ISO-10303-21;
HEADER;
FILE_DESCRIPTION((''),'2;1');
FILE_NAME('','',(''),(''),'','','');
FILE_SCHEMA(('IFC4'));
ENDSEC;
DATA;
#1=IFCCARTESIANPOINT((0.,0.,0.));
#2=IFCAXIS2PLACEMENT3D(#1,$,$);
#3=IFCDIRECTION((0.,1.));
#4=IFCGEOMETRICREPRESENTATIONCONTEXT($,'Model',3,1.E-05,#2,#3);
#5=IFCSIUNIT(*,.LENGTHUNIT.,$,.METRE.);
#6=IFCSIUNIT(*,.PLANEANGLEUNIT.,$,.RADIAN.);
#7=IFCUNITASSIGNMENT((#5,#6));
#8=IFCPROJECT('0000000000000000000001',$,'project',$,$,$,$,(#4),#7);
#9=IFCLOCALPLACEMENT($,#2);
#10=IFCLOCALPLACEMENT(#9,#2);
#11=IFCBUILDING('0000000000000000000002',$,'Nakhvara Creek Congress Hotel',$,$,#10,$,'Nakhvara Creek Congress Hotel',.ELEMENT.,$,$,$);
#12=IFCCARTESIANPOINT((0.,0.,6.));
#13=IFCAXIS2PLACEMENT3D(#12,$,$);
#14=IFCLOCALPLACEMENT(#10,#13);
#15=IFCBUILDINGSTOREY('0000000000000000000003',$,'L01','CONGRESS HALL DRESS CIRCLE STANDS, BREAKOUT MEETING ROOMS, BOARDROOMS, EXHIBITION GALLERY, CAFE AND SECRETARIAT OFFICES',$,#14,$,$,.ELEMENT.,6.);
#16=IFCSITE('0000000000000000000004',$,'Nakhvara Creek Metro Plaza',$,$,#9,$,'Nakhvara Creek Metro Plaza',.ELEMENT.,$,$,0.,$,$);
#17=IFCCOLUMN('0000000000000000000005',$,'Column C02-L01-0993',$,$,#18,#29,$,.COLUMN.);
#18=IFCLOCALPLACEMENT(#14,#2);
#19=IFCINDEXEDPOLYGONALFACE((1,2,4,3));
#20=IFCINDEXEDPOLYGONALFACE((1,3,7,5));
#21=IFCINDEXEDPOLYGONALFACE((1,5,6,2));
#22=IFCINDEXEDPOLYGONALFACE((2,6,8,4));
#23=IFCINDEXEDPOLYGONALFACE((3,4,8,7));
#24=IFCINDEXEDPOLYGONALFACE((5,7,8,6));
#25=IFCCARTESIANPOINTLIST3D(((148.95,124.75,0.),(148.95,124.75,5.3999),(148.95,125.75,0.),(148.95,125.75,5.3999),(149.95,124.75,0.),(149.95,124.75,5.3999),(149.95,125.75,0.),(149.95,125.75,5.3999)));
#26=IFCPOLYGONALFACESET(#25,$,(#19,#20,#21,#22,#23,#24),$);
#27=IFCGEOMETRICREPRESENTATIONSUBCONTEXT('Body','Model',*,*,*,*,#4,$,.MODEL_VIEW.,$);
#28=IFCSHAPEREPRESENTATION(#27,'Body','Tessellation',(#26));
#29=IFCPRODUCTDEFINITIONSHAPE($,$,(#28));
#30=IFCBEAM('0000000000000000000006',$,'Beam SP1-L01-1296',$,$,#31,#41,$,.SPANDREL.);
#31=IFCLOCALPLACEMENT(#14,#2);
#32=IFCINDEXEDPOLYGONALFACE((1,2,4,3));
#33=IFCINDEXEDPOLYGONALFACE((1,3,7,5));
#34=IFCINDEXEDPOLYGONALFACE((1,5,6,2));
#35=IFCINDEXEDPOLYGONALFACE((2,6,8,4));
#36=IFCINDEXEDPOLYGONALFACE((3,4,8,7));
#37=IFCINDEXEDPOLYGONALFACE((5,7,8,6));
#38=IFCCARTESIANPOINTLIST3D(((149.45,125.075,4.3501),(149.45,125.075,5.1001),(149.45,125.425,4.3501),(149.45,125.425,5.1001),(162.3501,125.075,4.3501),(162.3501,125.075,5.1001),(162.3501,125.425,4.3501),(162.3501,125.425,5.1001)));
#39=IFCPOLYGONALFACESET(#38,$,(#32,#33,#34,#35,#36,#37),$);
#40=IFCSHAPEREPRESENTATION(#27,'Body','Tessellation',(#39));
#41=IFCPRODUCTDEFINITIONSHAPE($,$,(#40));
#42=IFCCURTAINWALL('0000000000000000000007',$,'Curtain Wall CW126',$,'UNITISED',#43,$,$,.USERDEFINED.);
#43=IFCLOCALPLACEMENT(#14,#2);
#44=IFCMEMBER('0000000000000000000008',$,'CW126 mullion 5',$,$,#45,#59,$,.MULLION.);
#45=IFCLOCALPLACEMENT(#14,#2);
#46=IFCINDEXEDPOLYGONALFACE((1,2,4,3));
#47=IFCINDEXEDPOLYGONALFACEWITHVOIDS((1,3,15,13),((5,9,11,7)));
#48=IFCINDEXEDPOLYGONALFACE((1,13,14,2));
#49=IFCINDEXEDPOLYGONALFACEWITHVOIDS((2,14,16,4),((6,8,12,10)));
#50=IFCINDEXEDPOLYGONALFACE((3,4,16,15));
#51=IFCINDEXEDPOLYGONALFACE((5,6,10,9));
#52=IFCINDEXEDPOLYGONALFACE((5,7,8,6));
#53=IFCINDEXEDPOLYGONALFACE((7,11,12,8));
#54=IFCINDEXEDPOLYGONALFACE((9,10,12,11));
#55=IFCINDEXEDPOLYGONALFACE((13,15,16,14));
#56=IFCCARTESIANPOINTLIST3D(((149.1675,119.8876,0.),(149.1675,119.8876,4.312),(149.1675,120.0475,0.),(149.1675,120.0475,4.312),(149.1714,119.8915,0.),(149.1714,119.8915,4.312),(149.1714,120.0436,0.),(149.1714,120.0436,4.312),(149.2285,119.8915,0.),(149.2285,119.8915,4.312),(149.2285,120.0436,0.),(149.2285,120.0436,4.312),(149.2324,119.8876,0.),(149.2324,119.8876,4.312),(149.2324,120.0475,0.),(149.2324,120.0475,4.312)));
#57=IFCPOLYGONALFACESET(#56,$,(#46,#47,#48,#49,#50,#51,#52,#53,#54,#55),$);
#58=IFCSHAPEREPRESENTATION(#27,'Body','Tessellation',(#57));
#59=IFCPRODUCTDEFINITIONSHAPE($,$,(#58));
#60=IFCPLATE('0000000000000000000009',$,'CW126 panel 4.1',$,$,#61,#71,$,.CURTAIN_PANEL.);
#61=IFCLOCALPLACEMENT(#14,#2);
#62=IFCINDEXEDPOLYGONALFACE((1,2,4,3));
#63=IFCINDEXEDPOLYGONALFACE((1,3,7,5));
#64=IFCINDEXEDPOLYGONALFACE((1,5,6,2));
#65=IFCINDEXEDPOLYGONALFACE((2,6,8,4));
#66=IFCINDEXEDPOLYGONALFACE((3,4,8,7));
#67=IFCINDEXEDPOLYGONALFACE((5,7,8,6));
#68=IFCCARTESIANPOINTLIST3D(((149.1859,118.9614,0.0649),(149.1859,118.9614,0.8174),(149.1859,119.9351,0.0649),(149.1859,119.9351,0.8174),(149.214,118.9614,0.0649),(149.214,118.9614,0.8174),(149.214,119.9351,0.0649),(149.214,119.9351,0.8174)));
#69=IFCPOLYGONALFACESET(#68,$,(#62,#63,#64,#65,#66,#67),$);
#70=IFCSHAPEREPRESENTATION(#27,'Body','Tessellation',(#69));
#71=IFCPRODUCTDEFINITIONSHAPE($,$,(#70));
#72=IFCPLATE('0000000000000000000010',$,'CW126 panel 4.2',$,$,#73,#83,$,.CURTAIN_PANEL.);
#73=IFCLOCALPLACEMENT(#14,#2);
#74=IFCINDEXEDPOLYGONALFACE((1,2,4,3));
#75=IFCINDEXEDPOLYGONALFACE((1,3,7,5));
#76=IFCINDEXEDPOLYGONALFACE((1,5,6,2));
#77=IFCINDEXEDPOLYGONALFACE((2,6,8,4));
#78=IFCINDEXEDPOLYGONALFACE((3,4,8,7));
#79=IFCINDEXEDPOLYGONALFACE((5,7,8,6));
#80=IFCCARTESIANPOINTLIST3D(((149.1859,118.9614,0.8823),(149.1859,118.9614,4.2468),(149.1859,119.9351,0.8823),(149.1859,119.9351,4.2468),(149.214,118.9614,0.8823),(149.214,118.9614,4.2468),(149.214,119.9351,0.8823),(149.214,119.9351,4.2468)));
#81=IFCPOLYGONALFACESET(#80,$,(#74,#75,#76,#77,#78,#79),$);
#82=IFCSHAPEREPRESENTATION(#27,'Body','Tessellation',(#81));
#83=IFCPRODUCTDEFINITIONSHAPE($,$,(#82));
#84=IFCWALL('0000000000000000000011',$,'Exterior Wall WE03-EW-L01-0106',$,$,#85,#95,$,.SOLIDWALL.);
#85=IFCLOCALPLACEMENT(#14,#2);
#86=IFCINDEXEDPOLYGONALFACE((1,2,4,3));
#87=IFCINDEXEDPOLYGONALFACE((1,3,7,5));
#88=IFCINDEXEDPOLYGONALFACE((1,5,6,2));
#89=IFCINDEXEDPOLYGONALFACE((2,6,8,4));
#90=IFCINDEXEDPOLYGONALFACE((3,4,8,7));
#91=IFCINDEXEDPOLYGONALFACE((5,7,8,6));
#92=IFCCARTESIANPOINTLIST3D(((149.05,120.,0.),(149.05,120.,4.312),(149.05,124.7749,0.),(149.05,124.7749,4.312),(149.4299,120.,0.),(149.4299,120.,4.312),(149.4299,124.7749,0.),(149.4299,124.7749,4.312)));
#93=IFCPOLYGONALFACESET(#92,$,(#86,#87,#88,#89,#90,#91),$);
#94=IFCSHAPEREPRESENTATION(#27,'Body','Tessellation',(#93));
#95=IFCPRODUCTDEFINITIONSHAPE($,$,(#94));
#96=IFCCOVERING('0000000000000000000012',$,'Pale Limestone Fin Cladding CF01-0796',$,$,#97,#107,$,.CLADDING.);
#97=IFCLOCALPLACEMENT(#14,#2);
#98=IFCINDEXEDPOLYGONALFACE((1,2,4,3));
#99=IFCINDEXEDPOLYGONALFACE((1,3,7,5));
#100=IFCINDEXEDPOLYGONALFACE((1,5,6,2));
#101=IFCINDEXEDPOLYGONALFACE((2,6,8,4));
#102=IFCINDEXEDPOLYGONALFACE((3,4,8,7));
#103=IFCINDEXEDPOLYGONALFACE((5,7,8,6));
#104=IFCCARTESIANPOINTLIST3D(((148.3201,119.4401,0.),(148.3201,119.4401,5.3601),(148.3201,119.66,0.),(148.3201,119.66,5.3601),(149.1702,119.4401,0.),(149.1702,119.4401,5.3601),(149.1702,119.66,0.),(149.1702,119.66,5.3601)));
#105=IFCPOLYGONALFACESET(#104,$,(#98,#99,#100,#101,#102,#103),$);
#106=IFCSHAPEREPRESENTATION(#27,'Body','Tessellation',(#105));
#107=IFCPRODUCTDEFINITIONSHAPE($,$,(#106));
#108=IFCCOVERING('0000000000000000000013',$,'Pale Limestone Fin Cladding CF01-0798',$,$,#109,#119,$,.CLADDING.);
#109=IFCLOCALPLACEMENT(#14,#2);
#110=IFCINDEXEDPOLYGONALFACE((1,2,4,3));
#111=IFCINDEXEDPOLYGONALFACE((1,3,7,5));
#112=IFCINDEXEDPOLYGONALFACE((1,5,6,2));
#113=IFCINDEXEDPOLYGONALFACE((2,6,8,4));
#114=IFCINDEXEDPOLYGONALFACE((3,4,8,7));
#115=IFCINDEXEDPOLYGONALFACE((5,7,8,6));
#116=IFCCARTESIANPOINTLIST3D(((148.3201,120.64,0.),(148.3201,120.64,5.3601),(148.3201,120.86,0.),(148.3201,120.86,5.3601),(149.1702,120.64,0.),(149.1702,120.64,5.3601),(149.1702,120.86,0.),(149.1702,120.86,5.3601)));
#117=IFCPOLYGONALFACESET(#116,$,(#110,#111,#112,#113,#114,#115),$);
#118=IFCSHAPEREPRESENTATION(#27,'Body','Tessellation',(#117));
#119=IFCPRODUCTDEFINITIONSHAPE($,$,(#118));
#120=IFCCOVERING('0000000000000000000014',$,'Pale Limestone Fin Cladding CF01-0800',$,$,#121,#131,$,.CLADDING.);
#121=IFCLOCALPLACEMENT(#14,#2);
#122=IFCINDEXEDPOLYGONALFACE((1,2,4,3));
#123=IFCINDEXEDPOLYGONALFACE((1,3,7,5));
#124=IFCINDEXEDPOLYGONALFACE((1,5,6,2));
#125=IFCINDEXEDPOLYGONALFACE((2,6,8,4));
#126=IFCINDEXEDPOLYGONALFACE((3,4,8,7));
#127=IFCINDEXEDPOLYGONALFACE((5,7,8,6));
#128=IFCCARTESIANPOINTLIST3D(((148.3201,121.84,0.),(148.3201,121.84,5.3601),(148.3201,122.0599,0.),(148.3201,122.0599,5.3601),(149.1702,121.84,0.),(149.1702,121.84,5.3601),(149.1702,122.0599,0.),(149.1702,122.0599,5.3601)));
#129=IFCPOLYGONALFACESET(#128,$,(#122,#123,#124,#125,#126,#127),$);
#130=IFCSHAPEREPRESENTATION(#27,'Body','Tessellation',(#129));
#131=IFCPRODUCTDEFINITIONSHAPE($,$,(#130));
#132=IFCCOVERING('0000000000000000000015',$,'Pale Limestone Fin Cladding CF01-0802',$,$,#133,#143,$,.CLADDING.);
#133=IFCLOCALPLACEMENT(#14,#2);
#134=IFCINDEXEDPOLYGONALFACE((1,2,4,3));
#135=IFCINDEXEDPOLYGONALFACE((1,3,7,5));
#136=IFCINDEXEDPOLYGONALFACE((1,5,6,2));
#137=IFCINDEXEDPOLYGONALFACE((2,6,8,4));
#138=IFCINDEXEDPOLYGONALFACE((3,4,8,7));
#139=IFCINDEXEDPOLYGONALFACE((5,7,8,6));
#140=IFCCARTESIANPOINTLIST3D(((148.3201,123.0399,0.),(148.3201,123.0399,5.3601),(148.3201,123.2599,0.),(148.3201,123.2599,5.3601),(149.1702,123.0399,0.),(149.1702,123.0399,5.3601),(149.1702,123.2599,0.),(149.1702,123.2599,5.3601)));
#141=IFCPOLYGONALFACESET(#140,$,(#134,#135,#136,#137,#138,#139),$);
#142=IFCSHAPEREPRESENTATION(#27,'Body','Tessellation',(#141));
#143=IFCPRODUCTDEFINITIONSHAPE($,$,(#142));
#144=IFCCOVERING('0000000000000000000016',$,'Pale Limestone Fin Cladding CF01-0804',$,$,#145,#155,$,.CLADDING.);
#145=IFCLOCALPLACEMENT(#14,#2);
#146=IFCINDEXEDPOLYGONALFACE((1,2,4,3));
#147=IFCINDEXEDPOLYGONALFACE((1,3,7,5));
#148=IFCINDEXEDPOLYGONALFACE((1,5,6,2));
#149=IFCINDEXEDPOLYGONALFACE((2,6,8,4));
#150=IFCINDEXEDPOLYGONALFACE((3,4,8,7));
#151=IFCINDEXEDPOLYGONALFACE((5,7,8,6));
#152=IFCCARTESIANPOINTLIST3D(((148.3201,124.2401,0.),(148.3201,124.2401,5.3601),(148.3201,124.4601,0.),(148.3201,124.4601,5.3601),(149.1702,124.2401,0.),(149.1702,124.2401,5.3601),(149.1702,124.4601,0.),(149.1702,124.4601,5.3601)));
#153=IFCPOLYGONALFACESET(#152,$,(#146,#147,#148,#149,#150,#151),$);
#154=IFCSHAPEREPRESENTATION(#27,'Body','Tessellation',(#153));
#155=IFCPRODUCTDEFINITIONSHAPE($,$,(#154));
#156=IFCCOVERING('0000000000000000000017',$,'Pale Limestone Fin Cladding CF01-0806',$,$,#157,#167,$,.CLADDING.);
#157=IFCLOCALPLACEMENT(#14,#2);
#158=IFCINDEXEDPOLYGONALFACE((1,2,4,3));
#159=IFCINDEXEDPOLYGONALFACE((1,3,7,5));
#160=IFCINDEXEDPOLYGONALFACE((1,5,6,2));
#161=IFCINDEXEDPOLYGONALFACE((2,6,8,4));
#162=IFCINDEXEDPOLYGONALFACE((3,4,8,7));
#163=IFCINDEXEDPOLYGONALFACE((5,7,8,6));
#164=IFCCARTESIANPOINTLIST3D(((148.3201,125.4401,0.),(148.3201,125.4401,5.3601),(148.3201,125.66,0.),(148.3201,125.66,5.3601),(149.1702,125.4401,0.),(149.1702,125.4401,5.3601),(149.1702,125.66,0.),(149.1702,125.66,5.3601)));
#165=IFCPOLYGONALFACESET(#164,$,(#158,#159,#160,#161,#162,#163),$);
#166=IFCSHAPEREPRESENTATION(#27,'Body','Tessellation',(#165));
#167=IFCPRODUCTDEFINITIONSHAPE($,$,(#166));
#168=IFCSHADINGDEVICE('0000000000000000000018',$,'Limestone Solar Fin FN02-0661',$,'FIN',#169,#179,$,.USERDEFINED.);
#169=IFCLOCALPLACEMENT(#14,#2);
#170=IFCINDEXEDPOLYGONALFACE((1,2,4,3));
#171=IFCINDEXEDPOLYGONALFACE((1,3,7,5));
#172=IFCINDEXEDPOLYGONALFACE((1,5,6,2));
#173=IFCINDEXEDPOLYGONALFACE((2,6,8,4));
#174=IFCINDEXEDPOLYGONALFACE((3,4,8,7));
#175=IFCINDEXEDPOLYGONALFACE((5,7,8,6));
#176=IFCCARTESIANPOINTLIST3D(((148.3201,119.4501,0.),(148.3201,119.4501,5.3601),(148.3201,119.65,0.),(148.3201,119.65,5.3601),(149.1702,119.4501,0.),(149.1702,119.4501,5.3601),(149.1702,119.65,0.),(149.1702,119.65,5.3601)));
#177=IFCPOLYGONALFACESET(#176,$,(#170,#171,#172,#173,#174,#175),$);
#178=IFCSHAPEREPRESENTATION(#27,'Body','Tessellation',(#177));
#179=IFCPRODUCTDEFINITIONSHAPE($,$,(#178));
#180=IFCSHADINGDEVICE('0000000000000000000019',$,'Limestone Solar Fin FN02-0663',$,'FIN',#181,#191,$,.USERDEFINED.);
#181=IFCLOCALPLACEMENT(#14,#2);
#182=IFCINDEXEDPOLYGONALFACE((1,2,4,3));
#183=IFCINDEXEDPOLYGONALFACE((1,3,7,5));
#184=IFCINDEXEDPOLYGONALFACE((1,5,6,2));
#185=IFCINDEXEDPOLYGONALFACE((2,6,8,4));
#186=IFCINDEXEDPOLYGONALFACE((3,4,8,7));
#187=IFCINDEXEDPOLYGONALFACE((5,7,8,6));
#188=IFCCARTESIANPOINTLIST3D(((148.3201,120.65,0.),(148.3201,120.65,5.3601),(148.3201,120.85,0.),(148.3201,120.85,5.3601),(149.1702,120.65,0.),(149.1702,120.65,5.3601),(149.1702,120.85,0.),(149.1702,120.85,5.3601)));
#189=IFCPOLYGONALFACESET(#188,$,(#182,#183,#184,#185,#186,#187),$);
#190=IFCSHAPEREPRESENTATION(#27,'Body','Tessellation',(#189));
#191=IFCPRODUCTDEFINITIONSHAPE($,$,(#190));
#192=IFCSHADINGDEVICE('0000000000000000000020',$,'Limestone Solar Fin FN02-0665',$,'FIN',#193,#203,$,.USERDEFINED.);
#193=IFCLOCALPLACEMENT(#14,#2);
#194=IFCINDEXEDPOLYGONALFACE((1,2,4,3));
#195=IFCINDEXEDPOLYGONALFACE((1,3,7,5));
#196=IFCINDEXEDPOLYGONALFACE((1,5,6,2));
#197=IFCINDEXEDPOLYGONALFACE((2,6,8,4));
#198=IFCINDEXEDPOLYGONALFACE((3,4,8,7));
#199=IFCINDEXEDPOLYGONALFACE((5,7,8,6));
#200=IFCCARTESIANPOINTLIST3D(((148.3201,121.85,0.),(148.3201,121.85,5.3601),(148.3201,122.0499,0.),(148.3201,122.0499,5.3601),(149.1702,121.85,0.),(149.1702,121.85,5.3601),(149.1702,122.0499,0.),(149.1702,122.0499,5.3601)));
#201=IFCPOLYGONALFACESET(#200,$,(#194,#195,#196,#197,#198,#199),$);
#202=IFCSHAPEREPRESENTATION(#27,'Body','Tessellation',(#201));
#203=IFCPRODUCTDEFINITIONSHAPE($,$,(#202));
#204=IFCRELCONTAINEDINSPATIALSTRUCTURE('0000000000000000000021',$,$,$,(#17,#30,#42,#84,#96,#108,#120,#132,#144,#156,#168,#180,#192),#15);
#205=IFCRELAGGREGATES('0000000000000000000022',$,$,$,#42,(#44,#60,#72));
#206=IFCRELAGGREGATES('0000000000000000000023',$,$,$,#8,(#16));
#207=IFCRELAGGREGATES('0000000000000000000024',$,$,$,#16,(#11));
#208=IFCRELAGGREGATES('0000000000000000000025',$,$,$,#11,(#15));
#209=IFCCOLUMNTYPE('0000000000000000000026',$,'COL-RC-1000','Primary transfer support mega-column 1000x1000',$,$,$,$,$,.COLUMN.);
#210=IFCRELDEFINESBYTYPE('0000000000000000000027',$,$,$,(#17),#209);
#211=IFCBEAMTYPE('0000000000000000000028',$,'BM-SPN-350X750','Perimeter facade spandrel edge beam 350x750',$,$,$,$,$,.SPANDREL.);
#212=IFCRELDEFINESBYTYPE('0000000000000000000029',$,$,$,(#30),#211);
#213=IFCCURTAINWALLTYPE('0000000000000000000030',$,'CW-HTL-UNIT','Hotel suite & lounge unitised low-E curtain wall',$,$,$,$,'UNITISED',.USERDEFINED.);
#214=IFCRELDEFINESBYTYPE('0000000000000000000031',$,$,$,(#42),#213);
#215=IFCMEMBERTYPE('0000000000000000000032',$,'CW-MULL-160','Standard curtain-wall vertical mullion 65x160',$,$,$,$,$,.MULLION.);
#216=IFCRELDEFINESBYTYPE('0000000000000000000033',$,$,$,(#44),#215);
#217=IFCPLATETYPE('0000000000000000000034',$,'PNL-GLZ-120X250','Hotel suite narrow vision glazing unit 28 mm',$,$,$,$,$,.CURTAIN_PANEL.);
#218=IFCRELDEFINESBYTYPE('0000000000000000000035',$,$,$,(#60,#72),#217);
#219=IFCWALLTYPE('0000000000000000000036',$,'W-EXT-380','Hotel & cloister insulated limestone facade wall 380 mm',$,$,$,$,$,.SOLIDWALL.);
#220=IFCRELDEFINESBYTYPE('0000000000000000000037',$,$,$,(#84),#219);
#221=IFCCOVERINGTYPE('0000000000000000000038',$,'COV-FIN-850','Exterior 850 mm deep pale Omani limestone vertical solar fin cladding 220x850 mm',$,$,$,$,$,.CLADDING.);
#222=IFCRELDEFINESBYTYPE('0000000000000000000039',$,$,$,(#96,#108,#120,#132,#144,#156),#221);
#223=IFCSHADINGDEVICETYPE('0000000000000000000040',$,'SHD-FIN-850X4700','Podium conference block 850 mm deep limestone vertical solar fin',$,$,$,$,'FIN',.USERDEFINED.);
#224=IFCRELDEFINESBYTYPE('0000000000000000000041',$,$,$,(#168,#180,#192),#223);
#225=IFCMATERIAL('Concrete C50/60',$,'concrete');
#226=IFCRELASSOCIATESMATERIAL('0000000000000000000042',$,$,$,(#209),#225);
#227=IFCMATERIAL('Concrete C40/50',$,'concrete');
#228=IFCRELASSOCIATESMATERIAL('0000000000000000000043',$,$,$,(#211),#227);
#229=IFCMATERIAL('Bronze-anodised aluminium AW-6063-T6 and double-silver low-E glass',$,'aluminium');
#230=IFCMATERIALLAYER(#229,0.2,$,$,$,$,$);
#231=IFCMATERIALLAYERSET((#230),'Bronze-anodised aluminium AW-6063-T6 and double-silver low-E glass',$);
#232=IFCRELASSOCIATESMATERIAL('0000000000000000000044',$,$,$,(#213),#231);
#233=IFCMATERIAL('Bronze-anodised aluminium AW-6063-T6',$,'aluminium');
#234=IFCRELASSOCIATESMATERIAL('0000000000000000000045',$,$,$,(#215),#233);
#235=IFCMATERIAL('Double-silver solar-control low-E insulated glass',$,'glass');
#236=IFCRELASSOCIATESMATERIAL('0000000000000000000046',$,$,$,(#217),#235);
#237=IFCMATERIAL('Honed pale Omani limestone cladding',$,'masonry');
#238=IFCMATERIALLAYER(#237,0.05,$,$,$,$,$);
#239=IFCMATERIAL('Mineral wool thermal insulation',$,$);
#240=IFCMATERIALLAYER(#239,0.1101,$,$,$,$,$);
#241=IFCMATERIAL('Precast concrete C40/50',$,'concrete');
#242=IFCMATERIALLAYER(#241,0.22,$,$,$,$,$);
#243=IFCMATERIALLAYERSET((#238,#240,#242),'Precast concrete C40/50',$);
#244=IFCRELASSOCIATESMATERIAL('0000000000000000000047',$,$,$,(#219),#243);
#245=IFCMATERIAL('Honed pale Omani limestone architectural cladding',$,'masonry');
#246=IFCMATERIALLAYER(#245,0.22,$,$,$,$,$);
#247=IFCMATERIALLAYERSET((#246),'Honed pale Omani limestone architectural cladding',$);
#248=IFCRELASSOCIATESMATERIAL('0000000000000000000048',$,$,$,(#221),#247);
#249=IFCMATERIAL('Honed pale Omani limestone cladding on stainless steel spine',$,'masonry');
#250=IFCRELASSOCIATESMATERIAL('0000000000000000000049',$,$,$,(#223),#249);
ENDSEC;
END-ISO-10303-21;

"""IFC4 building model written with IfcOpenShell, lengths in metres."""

from ifc_helpers import new_model, si_unit, direction, frame, frame_2d, origin, origin_2d, place, context, subcontext, project, spatial, rectangle, hollow_rectangle, extrude, material, layer, layer_set, material_profile, profile_set, type_object, element, aggregate, save


model = new_model("IFC4")

# Units and contexts
model_context = context("Model", 3, precision=1e-05, world=origin(), true_north=direction((0.0, 1.0)))
body_context = subcontext(model_context, "Body", "Model", "MODEL_VIEW")
ifc_project = project(units=[si_unit("LENGTHUNIT", "METRE"), si_unit("PLANEANGLEUNIT", "RADIAN")], contexts=[model_context])

# Site, building, storey
site_placement = place(None, origin())
site = spatial("IfcSite", under=ifc_project, at=site_placement, Name="Nakhvara Creek Metro Plaza", LongName="Nakhvara Creek Metro Plaza", CompositionType="ELEMENT", RefElevation=0.0)
building_placement = place(site_placement, origin())
building = spatial("IfcBuilding", under=site, at=building_placement, Name="Nakhvara Creek Congress Hotel", LongName="Nakhvara Creek Congress Hotel", CompositionType="ELEMENT")
storey_placement = place(building_placement, frame((0.0, 0.0, 6.0)))
storey = spatial("IfcBuildingStorey", under=building, at=storey_placement, Name="L01", Description="CONGRESS HALL DRESS CIRCLE STANDS, BREAKOUT MEETING ROOMS, BOARDROOMS, EXHIBITION GALLERY, CAFE AND SECRETARIAT OFFICES", CompositionType="ELEMENT", Elevation=6.0)

# Column
ifc_material_1 = material(Name="Concrete C50/60", Category="concrete")
ifc_material_profile_1 = material_profile(ifc_material_1, rectangle(XDim=1.0, YDim=1.0, at=origin_2d()), Name="RC-COL 1000x1000", Category="LoadBearing")
ifc_profile_set_1 = profile_set([ifc_material_profile_1], Name="Concrete C50/60")
column_type = type_object("IfcColumnType", Name="COL-RC-1000", Description="Primary transfer support mega-column 1000x1000", PredefinedType="COLUMN", material=ifc_profile_set_1)
column_placement = place(storey_placement, frame((149.45, 125.25, 0.0), z_axis=(0.0, 0.0, 1.0), x_axis=(1.0, 0.0, 0.0)))
element("IfcColumn", 1, at=column_placement, inside=storey, type_object=column_type, Name="Column C02-L01-0993", PredefinedType="COLUMN", context=body_context, shape_type="SweptSolid", body=[
    extrude(rectangle(XDim=1.0, YDim=1.0, at=origin_2d()), origin(), (0.0, 0.0, 1.0), 5.3999),
])

# Beam
ifc_material_2 = material(Name="Concrete C40/50", Category="concrete")
ifc_material_profile_2 = material_profile(ifc_material_2, rectangle(XDim=0.3501, YDim=0.75, at=origin_2d()), Name="RC-SPANDREL 350x750", Category="LoadBearing")
ifc_profile_set_2 = profile_set([ifc_material_profile_2], Name="Concrete C40/50")
beam_type = type_object("IfcBeamType", Name="BM-SPN-350X750", Description="Perimeter facade spandrel edge beam 350x750", PredefinedType="SPANDREL", material=ifc_profile_set_2)
beam_placement = place(storey_placement, frame((149.45, 125.25, 4.7251), z_axis=(1.0, 0.0, 0.0), x_axis=(0.0, 1.0, 0.0)))
element("IfcBeam", 2, at=beam_placement, inside=storey, type_object=beam_type, Name="Beam SP1-L01-1296", PredefinedType="SPANDREL", context=body_context, shape_type="SweptSolid", body=[
    extrude(rectangle(XDim=0.3501, YDim=0.75, at=origin_2d()), origin(), (0.0, 0.0, 1.0), 12.9001),
])

# Curtain wall, member, plates
ifc_material_3 = material(Name="Bronze-anodised aluminium AW-6063-T6 and double-silver low-E glass", Category="aluminium")
ifc_layer_1 = layer(ifc_material_3, 0.2)
ifc_layer_set_1 = layer_set([ifc_layer_1], Name="Bronze-anodised aluminium AW-6063-T6 and double-silver low-E glass")
curtain_wall_type = type_object("IfcCurtainWallType", Name="CW-HTL-UNIT", Description="Hotel suite & lounge unitised low-E curtain wall", ElementType="UNITISED", PredefinedType="USERDEFINED", material=ifc_layer_set_1)
curtain_wall_placement = place(storey_placement, origin())
curtain_wall = element("IfcCurtainWall", 3, at=curtain_wall_placement, inside=storey, type_object=curtain_wall_type, Name="Curtain Wall CW126", ObjectType="UNITISED", PredefinedType="USERDEFINED")
ifc_material_4 = material(Name="Bronze-anodised aluminium AW-6063-T6", Category="aluminium")
ifc_material_profile_3 = material_profile(ifc_material_4, hollow_rectangle(XDim=0.0649, YDim=0.1599, WallThickness=0.0039, at=origin_2d()), Name="ALU-MULL 65x160x4", Category="LoadBearing")
ifc_profile_set_3 = profile_set([ifc_material_profile_3], Name="Bronze-anodised aluminium AW-6063-T6")
member_type = type_object("IfcMemberType", Name="CW-MULL-160", Description="Standard curtain-wall vertical mullion 65x160", PredefinedType="MULLION", material=ifc_profile_set_3)
member_placement = place(storey_placement, frame((149.2, 119.9675, 0.0), z_axis=(0.0, 0.0, 1.0), x_axis=(-1.0, 0.0, 0.0)))
member = element("IfcMember", 4, at=member_placement, type_object=member_type, Name="CW126 mullion 5", PredefinedType="MULLION", context=body_context, shape_type="SweptSolid", body=[
    extrude(hollow_rectangle(XDim=0.0649, YDim=0.1599, WallThickness=0.0039, at=origin_2d()), origin(), (0.0, 0.0, 1.0), 4.312),
])
ifc_material_5 = material(Name="Double-silver solar-control low-E insulated glass", Category="glass")
plate_type = type_object("IfcPlateType", Name="PNL-GLZ-120X250", Description="Hotel suite narrow vision glazing unit 28 mm", PredefinedType="CURTAIN_PANEL", material=ifc_material_5)
plate_1_placement = place(storey_placement, frame((149.2, 119.4482, 0.0649), z_axis=(0.0, 0.0, 1.0), x_axis=(0.0, 1.0, 0.0)))
plate_1 = element("IfcPlate", 5, at=plate_1_placement, type_object=plate_type, Name="CW126 panel 4.1", PredefinedType="CURTAIN_PANEL", context=body_context, shape_type="SweptSolid", body=[
    extrude(rectangle(XDim=0.9736, YDim=0.0281, at=origin_2d()), origin(), (0.0, 0.0, 1.0), 0.7524),
])
plate_2_placement = place(storey_placement, frame((149.2, 119.4482, 0.8823), z_axis=(0.0, 0.0, 1.0), x_axis=(0.0, 1.0, 0.0)))
plate_2 = element("IfcPlate", 6, at=plate_2_placement, type_object=plate_type, Name="CW126 panel 4.2", PredefinedType="CURTAIN_PANEL", context=body_context, shape_type="SweptSolid", body=[
    extrude(rectangle(XDim=0.9736, YDim=0.0281, at=origin_2d()), origin(), (0.0, 0.0, 1.0), 3.3645),
])
aggregate(curtain_wall, [member, plate_1, plate_2])

# Wall
ifc_material_6 = material(Name="Honed pale Omani limestone cladding", Category="masonry")
ifc_layer_2 = layer(ifc_material_6, 0.05)
ifc_material_7 = material(Name="Mineral wool thermal insulation")
ifc_layer_3 = layer(ifc_material_7, 0.1101)
ifc_material_8 = material(Name="Precast concrete C40/50", Category="concrete")
ifc_layer_4 = layer(ifc_material_8, 0.22)
ifc_layer_set_2 = layer_set([ifc_layer_2, ifc_layer_3, ifc_layer_4], Name="Precast concrete C40/50")
wall_type = type_object("IfcWallType", Name="W-EXT-380", Description="Hotel & cloister insulated limestone facade wall 380 mm", PredefinedType="SOLIDWALL", material=ifc_layer_set_2)
wall_placement = place(storey_placement, frame((149.24, 120.0, 0.0), z_axis=(0.0, 0.0, 1.0), x_axis=(0.0, 1.0, 0.0)))
element("IfcWall", 7, at=wall_placement, inside=storey, type_object=wall_type, Name="Exterior Wall WE03-EW-L01-0106", PredefinedType="SOLIDWALL", context=body_context, shape_type="SweptSolid", body=[
    extrude(rectangle(XDim=4.7749, YDim=0.3799, at=frame_2d((2.3875, 0.0))), origin(), (0.0, 0.0, 1.0), 4.312),
])

# Coverings
ifc_material_9 = material(Name="Honed pale Omani limestone architectural cladding", Category="masonry")
ifc_layer_5 = layer(ifc_material_9, 0.22)
ifc_layer_set_3 = layer_set([ifc_layer_5], Name="Honed pale Omani limestone architectural cladding")
covering_type = type_object("IfcCoveringType", Name="COV-FIN-850", Description="Exterior 850 mm deep pale Omani limestone vertical solar fin cladding 220x850 mm", PredefinedType="CLADDING", material=ifc_layer_set_3)
for number, where, z_axis, x_axis, name in (
    (8, (148.7451, 119.55, 0.0), (0.0, 0.0, 1.0), (0.0, 1.0, 0.0), "Pale Limestone Fin Cladding CF01-0796"),
    (9, (148.7451, 120.75, 0.0), (0.0, 0.0, 1.0), (0.0, 1.0, 0.0), "Pale Limestone Fin Cladding CF01-0798"),
    (10, (148.7451, 121.95, 0.0), (0.0, 0.0, 1.0), (0.0, 1.0, 0.0), "Pale Limestone Fin Cladding CF01-0800"),
    (11, (148.7451, 123.1499, 0.0), (0.0, 0.0, 1.0), (0.0, 1.0, 0.0), "Pale Limestone Fin Cladding CF01-0802"),
    (12, (148.7451, 124.3501, 0.0), (0.0, 0.0, 1.0), (0.0, 1.0, 0.0), "Pale Limestone Fin Cladding CF01-0804"),
    (13, (148.7451, 125.55, 0.0), (0.0, 0.0, 1.0), (0.0, 1.0, 0.0), "Pale Limestone Fin Cladding CF01-0806"),
):
    element("IfcCovering", number, at=place(storey_placement, frame(where, z_axis=z_axis, x_axis=x_axis)), inside=storey, type_object=covering_type, Name=name, PredefinedType="CLADDING", context=body_context, shape_type="SweptSolid", body=[
        extrude(rectangle(XDim=0.22, YDim=0.8501, at=origin_2d()), origin(), (0.0, 0.0, 1.0), 5.3601),
    ])

# Shading devices
ifc_material_10 = material(Name="Honed pale Omani limestone cladding on stainless steel spine", Category="masonry")
shading_device_type = type_object("IfcShadingDeviceType", Name="SHD-FIN-850X4700", Description="Podium conference block 850 mm deep limestone vertical solar fin", ElementType="FIN", PredefinedType="USERDEFINED", material=ifc_material_10)
for number, where, z_axis, x_axis, name in (
    (14, (148.7451, 119.55, 0.0), (0.0, 0.0, 1.0), (0.0, 1.0, 0.0), "Limestone Solar Fin FN02-0661"),
    (15, (148.7451, 120.75, 0.0), (0.0, 0.0, 1.0), (0.0, 1.0, 0.0), "Limestone Solar Fin FN02-0663"),
    (16, (148.7451, 121.95, 0.0), (0.0, 0.0, 1.0), (0.0, 1.0, 0.0), "Limestone Solar Fin FN02-0665"),
):
    element("IfcShadingDevice", number, at=place(storey_placement, frame(where, z_axis=z_axis, x_axis=x_axis)), inside=storey, type_object=shading_device_type, Name=name, ObjectType="FIN", PredefinedType="USERDEFINED", context=body_context, shape_type="SweptSolid", body=[
        extrude(rectangle(XDim=0.2, YDim=0.8501, at=origin_2d()), origin(), (0.0, 0.0, 1.0), 5.3601),
    ])

save(model, "model.ifc")
